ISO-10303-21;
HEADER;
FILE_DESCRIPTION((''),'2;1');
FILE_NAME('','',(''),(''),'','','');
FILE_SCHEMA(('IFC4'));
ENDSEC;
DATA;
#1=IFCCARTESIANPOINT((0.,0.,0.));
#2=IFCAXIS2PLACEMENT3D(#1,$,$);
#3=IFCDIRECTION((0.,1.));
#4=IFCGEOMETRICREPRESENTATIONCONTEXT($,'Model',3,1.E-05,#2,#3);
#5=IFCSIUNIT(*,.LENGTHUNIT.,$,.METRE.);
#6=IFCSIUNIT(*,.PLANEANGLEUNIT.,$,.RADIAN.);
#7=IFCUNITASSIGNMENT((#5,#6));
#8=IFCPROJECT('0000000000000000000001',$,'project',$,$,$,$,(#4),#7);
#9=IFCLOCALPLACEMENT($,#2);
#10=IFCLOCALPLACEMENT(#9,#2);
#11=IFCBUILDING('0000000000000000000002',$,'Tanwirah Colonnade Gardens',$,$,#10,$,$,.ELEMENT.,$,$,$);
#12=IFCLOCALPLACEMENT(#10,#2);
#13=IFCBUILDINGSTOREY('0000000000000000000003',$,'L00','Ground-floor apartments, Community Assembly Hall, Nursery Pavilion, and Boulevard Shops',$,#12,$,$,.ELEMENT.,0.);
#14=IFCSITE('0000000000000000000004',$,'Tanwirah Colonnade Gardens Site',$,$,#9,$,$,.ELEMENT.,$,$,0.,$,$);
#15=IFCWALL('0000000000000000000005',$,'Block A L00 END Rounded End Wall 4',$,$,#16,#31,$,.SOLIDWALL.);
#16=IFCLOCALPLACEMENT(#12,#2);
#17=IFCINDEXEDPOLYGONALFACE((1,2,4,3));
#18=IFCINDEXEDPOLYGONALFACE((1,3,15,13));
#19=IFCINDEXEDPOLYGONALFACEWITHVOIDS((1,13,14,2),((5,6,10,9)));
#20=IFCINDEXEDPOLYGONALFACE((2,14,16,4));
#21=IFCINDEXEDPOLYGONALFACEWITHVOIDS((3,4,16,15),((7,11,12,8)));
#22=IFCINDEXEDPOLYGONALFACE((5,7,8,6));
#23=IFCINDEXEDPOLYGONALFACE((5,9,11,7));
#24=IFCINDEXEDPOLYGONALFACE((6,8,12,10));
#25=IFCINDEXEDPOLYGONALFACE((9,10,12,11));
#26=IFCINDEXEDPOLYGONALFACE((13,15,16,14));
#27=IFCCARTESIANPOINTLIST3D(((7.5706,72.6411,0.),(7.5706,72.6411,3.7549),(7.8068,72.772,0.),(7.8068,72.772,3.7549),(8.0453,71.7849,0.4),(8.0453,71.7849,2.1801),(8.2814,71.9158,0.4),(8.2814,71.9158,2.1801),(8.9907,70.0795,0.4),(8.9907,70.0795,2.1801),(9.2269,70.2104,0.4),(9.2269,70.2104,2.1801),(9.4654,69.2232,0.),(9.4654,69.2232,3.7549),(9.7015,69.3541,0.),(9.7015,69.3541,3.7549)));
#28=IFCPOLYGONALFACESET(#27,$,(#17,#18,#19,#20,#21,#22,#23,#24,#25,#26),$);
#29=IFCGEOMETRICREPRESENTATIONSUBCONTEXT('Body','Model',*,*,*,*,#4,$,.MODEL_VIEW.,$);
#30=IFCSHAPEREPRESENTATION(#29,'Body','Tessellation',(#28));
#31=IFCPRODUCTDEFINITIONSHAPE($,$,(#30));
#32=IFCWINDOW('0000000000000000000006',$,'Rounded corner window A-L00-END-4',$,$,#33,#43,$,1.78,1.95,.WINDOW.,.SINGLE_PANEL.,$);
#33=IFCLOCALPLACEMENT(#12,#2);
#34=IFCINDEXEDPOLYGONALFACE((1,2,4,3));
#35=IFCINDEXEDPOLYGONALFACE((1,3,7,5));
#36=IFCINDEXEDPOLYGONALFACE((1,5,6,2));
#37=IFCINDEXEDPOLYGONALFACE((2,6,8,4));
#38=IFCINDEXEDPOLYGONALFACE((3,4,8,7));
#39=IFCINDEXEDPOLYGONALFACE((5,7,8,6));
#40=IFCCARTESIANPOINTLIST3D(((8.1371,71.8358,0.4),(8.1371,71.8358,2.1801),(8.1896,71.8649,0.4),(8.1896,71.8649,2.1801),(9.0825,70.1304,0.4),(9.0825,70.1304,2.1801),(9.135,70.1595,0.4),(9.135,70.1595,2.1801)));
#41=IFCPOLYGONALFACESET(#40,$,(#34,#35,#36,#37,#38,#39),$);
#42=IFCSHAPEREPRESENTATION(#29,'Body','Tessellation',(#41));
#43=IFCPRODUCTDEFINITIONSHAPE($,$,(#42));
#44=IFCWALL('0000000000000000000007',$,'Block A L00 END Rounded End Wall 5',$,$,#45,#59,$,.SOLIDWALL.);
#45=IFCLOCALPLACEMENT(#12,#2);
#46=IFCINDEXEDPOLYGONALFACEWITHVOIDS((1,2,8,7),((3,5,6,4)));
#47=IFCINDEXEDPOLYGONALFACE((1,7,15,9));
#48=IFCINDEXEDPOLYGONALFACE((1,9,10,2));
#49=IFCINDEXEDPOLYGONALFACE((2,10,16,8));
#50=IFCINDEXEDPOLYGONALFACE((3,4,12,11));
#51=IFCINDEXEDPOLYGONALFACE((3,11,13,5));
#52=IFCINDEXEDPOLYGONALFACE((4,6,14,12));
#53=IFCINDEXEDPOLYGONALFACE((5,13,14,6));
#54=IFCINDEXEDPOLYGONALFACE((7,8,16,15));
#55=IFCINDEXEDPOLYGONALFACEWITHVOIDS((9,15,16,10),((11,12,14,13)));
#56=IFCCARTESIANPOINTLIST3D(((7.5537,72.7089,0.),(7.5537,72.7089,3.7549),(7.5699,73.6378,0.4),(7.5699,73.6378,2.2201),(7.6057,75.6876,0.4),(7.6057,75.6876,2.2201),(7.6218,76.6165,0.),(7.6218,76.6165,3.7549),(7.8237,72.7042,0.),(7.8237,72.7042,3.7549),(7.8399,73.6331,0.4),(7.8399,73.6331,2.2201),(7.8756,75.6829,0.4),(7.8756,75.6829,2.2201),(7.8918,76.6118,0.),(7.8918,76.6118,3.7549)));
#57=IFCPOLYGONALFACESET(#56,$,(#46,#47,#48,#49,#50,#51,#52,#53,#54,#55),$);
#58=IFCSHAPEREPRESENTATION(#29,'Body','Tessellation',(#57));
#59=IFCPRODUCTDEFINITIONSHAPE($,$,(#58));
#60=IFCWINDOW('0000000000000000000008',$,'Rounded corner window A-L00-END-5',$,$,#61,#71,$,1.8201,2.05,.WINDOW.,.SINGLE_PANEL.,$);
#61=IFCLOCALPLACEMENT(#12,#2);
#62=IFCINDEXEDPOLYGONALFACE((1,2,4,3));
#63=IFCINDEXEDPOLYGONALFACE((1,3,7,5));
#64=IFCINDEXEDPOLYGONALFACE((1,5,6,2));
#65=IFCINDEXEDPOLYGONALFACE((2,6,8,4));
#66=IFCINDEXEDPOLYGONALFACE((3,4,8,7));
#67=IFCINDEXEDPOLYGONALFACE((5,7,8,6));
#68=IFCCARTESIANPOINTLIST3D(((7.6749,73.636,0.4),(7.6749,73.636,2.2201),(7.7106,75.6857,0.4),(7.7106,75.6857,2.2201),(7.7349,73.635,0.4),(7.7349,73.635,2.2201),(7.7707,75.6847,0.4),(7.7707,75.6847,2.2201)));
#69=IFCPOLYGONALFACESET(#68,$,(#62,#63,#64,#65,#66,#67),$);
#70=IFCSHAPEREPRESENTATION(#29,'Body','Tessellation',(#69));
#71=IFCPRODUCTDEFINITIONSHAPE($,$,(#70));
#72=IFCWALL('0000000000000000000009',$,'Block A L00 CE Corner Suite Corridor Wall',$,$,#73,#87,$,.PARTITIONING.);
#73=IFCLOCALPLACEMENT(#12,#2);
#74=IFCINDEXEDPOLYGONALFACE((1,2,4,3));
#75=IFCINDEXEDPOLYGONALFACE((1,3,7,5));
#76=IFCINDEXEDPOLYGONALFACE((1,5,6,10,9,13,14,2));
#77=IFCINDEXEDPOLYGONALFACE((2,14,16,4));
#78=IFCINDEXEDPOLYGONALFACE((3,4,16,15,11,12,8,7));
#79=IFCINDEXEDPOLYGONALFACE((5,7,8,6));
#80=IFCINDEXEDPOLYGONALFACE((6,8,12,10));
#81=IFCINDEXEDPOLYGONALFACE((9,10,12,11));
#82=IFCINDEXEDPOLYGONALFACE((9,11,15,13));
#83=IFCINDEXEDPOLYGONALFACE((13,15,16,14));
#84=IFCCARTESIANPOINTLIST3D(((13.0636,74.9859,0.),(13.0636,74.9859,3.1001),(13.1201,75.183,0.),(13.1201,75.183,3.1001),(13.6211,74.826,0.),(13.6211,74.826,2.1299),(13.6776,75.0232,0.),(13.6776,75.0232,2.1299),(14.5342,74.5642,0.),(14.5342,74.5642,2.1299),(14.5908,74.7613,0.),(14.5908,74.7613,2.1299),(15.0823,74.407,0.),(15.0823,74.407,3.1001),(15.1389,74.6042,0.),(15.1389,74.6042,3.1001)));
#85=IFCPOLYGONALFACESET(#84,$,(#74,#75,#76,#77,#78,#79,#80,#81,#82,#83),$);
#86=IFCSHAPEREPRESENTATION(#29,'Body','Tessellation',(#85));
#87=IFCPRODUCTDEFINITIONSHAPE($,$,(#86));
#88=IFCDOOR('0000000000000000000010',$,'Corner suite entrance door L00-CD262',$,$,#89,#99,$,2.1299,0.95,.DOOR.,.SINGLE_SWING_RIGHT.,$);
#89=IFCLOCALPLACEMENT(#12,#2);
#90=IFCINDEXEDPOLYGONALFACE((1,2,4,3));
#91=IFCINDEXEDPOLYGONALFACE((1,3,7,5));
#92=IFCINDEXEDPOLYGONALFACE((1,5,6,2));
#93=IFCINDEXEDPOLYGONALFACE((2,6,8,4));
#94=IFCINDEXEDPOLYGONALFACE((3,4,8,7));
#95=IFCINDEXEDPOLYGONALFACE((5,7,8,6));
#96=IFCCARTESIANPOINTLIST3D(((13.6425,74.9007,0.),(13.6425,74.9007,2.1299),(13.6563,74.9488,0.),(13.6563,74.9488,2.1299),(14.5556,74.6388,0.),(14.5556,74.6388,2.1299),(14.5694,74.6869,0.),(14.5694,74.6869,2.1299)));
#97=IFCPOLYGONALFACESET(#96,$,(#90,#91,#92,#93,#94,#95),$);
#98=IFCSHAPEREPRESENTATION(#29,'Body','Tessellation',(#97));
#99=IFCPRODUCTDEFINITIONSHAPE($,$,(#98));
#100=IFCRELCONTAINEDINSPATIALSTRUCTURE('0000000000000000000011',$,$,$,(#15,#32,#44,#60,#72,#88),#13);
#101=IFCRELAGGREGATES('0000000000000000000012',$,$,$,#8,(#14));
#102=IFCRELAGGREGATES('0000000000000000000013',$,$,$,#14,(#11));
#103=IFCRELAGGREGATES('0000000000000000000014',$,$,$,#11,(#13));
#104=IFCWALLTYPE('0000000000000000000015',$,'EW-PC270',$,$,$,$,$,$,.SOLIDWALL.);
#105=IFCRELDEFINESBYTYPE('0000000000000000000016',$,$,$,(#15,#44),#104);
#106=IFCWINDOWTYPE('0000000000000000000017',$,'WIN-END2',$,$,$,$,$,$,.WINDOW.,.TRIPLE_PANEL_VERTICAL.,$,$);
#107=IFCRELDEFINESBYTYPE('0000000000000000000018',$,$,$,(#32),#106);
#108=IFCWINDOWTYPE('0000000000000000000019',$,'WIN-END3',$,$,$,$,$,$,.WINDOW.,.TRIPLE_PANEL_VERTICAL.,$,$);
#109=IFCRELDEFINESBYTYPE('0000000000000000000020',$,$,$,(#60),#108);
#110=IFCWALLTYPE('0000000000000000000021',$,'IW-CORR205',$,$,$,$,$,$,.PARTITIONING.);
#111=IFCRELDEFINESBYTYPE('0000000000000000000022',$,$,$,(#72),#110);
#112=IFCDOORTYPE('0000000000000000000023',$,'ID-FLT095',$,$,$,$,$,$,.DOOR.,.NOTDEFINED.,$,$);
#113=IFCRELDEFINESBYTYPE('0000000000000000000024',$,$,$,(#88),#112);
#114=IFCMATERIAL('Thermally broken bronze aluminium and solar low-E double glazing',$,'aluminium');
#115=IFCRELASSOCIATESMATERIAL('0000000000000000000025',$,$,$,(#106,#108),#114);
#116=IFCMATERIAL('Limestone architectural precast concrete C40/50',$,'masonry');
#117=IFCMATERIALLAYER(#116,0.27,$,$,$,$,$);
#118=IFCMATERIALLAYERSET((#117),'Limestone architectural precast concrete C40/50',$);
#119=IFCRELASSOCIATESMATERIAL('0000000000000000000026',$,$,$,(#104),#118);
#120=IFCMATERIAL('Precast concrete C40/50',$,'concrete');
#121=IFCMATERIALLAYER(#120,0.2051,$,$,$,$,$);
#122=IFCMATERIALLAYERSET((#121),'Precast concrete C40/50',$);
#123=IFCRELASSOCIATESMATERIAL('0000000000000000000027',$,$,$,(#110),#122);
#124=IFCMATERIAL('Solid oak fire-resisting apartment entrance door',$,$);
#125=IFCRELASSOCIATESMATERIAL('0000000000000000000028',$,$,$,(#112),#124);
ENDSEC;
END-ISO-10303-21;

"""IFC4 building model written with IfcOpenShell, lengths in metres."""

from ifc_helpers import new_model, si_unit, direction, frame, frame_2d, origin, place, context, subcontext, project, spatial, rectangle, extrude, material, layer, layer_set, type_object, element, fill, save


model = new_model("IFC4")

# Units and contexts
model_context = context("Model", 3, precision=1e-05, world=origin(), true_north=direction((0.0, 1.0)))
body_context = subcontext(model_context, "Body", "Model", "MODEL_VIEW")
ifc_project = project(units=[si_unit("LENGTHUNIT", "METRE"), si_unit("PLANEANGLEUNIT", "RADIAN")], contexts=[model_context])

# Site, building, storey
site_placement = place(None, origin())
site = spatial("IfcSite", under=ifc_project, at=site_placement, Name="Tanwirah Colonnade Gardens Site", CompositionType="ELEMENT", RefElevation=0.0)
building_placement = place(site_placement, origin())
building = spatial("IfcBuilding", under=site, at=building_placement, Name="Tanwirah Colonnade Gardens", CompositionType="ELEMENT")
storey_placement = place(building_placement, origin())
storey = spatial("IfcBuildingStorey", under=building, at=storey_placement, Name="L00", Description="Ground-floor apartments, Community Assembly Hall, Nursery Pavilion, and Boulevard Shops", CompositionType="ELEMENT", Elevation=0.0)

# Shared definitions
ifc_material_1 = material(Name="Precast concrete C40/50", Category="concrete")

# Walls, openings, windows
ifc_material_2 = material(Name="Limestone architectural precast concrete C40/50", Category="masonry")
ifc_material_3 = material(Name="Thermally broken bronze aluminium and solar low-E double glazing", Category="aluminium")
window_type_1 = type_object("IfcWindowType", Name="WIN-END2", PartitioningType="TRIPLE_PANEL_VERTICAL", PredefinedType="WINDOW", material=ifc_material_3)
ifc_layer_1 = layer(ifc_material_2, 0.27)
ifc_layer_set_1 = layer_set([ifc_layer_1], Name="Limestone architectural precast concrete C40/50")
wall_type_1 = type_object("IfcWallType", Name="EW-PC270", PredefinedType="SOLIDWALL", material=ifc_layer_set_1)
window_type_2 = type_object("IfcWindowType", Name="WIN-END3", PartitioningType="TRIPLE_PANEL_VERTICAL", PredefinedType="WINDOW", material=ifc_material_3)
wall_1_placement = place(storey_placement, frame((9.5835, 69.2886, 0.0), z_axis=(0.0, 0.0, 1.0), x_axis=(-0.484842, 0.874602, 0.0)))
wall_1 = element("IfcWall", 1, at=wall_1_placement, inside=storey, type_object=wall_type_1, Name="Block A L00 END Rounded End Wall 4", PredefinedType="SOLIDWALL", context=body_context, shape_type="SweptSolid", body=[
    extrude(rectangle(XDim=3.908, YDim=0.27, at=frame_2d((1.9541, 0.0))), origin(), (0.0, 0.0, 1.0), 3.7549),
])
opening_1_placement = place(wall_1_placement, frame((0.979, 0.0, 0.3999)))
opening_1 = element("IfcOpeningElement", 2, at=opening_1_placement, cuts=wall_1, PredefinedType="OPENING", context=body_context, shape_type="SweptSolid", body=[
    extrude(rectangle(XDim=1.95, YDim=1.78, at=frame_2d((0.9751, 0.8901))), frame((0.0, 0.145, 0.0), z_axis=(0.0, -1.0, 0.0), x_axis=(1.0, 0.0, 0.0)), (0.0, 0.0, 1.0), 0.29),
])
window_1_placement = place(opening_1_placement, origin())
window_1 = element("IfcWindow", 3, at=window_1_placement, inside=storey, type_object=window_type_1, Name="Rounded corner window A-L00-END-4", OverallHeight=1.78, OverallWidth=1.95, PartitioningType="SINGLE_PANEL", PredefinedType="WINDOW", context=body_context, shape_type="SweptSolid", body=[
    extrude(rectangle(XDim=1.95, YDim=1.78, at=frame_2d((0.9751, 0.8901))), frame((0.0, 0.03, 0.0), z_axis=(0.0, -1.0, 0.0), x_axis=(1.0, 0.0, 0.0)), (0.0, 0.0, 1.0), 0.0601),
])
fill(opening_1, window_1)
wall_2_placement = place(storey_placement, frame((7.6887, 72.7065, 0.0), z_axis=(0.0, 0.0, 1.0), x_axis=(0.017428, 0.999848, 0.0)))
wall_2 = element("IfcWall", 4, at=wall_2_placement, inside=storey, type_object=wall_type_1, Name="Block A L00 END Rounded End Wall 5", PredefinedType="SOLIDWALL", context=body_context, shape_type="SweptSolid", body=[
    extrude(rectangle(XDim=3.9082, YDim=0.27, at=frame_2d((1.9541, 0.0))), origin(), (0.0, 0.0, 1.0), 3.7549),
])
opening_2_placement = place(wall_2_placement, frame((0.9292, 0.0, 0.3999)))
opening_2 = element("IfcOpeningElement", 5, at=opening_2_placement, cuts=wall_2, PredefinedType="OPENING", context=body_context, shape_type="SweptSolid", body=[
    extrude(rectangle(XDim=2.05, YDim=1.8201, at=frame_2d((1.0249, 0.9102))), frame((0.0, 0.145, 0.0), z_axis=(0.0, -1.0, 0.0), x_axis=(1.0, 0.0, 0.0)), (0.0, 0.0, 1.0), 0.29),
])
window_2_placement = place(opening_2_placement, origin())
window_2 = element("IfcWindow", 6, at=window_2_placement, inside=storey, type_object=window_type_2, Name="Rounded corner window A-L00-END-5", OverallHeight=1.8201, OverallWidth=2.05, PartitioningType="SINGLE_PANEL", PredefinedType="WINDOW", context=body_context, shape_type="SweptSolid", body=[
    extrude(rectangle(XDim=2.05, YDim=1.8201, at=frame_2d((1.0249, 0.9102))), frame((0.0, 0.03, 0.0), z_axis=(0.0, -1.0, 0.0), x_axis=(1.0, 0.0, 0.0)), (0.0, 0.0, 1.0), 0.0601),
])
fill(opening_2, window_2)

# Wall, opening, door
ifc_layer_2 = layer(ifc_material_1, 0.2051)
ifc_layer_set_2 = layer_set([ifc_layer_2], Name="Precast concrete C40/50")
wall_type_2 = type_object("IfcWallType", Name="IW-CORR205", PredefinedType="PARTITIONING", material=ifc_layer_set_2)
wall_3_placement = place(storey_placement, frame((15.1106, 74.5056, 0.0), z_axis=(0.0, 0.0, 1.0), x_axis=(-0.961265, 0.275627, 0.0)))
wall_3 = element("IfcWall", 7, at=wall_3_placement, inside=storey, type_object=wall_type_2, Name="Block A L00 CE Corner Suite Corridor Wall", PredefinedType="PARTITIONING", context=body_context, shape_type="SweptSolid", body=[
    extrude(rectangle(XDim=2.1001, YDim=0.2051, at=frame_2d((1.05, 0.0))), origin(), (0.0, 0.0, 1.0), 3.1001),
])
opening_3_placement = place(wall_3_placement, frame((0.5701, 0.0, 0.0)))
opening_3 = element("IfcOpeningElement", 8, at=opening_3_placement, cuts=wall_3, PredefinedType="OPENING", context=body_context, shape_type="SweptSolid", body=[
    extrude(rectangle(XDim=0.95, YDim=2.1299, at=frame_2d((0.4751, 1.0649))), frame((0.0, 0.1125, 0.0), z_axis=(0.0, -1.0, 0.0), x_axis=(1.0, 0.0, 0.0)), (0.0, 0.0, 1.0), 0.2251),
])
ifc_material_4 = material(Name="Solid oak fire-resisting apartment entrance door")
door_type = type_object("IfcDoorType", Name="ID-FLT095", OperationType="NOTDEFINED", PredefinedType="DOOR", material=ifc_material_4)
door_placement = place(opening_3_placement, origin())
door = element("IfcDoor", 9, at=door_placement, inside=storey, type_object=door_type, Name="Corner suite entrance door L00-CD262", OperationType="SINGLE_SWING_RIGHT", OverallHeight=2.1299, OverallWidth=0.95, PredefinedType="DOOR", context=body_context, shape_type="SweptSolid", body=[
    extrude(rectangle(XDim=0.95, YDim=2.1299, at=frame_2d((0.4751, 1.0649))), frame((0.0, 0.0249, 0.0), z_axis=(0.0, -1.0, 0.0), x_axis=(1.0, 0.0, 0.0)), (0.0, 0.0, 1.0), 0.05),
])
fill(opening_3, door)

save(model, "model.ifc")
